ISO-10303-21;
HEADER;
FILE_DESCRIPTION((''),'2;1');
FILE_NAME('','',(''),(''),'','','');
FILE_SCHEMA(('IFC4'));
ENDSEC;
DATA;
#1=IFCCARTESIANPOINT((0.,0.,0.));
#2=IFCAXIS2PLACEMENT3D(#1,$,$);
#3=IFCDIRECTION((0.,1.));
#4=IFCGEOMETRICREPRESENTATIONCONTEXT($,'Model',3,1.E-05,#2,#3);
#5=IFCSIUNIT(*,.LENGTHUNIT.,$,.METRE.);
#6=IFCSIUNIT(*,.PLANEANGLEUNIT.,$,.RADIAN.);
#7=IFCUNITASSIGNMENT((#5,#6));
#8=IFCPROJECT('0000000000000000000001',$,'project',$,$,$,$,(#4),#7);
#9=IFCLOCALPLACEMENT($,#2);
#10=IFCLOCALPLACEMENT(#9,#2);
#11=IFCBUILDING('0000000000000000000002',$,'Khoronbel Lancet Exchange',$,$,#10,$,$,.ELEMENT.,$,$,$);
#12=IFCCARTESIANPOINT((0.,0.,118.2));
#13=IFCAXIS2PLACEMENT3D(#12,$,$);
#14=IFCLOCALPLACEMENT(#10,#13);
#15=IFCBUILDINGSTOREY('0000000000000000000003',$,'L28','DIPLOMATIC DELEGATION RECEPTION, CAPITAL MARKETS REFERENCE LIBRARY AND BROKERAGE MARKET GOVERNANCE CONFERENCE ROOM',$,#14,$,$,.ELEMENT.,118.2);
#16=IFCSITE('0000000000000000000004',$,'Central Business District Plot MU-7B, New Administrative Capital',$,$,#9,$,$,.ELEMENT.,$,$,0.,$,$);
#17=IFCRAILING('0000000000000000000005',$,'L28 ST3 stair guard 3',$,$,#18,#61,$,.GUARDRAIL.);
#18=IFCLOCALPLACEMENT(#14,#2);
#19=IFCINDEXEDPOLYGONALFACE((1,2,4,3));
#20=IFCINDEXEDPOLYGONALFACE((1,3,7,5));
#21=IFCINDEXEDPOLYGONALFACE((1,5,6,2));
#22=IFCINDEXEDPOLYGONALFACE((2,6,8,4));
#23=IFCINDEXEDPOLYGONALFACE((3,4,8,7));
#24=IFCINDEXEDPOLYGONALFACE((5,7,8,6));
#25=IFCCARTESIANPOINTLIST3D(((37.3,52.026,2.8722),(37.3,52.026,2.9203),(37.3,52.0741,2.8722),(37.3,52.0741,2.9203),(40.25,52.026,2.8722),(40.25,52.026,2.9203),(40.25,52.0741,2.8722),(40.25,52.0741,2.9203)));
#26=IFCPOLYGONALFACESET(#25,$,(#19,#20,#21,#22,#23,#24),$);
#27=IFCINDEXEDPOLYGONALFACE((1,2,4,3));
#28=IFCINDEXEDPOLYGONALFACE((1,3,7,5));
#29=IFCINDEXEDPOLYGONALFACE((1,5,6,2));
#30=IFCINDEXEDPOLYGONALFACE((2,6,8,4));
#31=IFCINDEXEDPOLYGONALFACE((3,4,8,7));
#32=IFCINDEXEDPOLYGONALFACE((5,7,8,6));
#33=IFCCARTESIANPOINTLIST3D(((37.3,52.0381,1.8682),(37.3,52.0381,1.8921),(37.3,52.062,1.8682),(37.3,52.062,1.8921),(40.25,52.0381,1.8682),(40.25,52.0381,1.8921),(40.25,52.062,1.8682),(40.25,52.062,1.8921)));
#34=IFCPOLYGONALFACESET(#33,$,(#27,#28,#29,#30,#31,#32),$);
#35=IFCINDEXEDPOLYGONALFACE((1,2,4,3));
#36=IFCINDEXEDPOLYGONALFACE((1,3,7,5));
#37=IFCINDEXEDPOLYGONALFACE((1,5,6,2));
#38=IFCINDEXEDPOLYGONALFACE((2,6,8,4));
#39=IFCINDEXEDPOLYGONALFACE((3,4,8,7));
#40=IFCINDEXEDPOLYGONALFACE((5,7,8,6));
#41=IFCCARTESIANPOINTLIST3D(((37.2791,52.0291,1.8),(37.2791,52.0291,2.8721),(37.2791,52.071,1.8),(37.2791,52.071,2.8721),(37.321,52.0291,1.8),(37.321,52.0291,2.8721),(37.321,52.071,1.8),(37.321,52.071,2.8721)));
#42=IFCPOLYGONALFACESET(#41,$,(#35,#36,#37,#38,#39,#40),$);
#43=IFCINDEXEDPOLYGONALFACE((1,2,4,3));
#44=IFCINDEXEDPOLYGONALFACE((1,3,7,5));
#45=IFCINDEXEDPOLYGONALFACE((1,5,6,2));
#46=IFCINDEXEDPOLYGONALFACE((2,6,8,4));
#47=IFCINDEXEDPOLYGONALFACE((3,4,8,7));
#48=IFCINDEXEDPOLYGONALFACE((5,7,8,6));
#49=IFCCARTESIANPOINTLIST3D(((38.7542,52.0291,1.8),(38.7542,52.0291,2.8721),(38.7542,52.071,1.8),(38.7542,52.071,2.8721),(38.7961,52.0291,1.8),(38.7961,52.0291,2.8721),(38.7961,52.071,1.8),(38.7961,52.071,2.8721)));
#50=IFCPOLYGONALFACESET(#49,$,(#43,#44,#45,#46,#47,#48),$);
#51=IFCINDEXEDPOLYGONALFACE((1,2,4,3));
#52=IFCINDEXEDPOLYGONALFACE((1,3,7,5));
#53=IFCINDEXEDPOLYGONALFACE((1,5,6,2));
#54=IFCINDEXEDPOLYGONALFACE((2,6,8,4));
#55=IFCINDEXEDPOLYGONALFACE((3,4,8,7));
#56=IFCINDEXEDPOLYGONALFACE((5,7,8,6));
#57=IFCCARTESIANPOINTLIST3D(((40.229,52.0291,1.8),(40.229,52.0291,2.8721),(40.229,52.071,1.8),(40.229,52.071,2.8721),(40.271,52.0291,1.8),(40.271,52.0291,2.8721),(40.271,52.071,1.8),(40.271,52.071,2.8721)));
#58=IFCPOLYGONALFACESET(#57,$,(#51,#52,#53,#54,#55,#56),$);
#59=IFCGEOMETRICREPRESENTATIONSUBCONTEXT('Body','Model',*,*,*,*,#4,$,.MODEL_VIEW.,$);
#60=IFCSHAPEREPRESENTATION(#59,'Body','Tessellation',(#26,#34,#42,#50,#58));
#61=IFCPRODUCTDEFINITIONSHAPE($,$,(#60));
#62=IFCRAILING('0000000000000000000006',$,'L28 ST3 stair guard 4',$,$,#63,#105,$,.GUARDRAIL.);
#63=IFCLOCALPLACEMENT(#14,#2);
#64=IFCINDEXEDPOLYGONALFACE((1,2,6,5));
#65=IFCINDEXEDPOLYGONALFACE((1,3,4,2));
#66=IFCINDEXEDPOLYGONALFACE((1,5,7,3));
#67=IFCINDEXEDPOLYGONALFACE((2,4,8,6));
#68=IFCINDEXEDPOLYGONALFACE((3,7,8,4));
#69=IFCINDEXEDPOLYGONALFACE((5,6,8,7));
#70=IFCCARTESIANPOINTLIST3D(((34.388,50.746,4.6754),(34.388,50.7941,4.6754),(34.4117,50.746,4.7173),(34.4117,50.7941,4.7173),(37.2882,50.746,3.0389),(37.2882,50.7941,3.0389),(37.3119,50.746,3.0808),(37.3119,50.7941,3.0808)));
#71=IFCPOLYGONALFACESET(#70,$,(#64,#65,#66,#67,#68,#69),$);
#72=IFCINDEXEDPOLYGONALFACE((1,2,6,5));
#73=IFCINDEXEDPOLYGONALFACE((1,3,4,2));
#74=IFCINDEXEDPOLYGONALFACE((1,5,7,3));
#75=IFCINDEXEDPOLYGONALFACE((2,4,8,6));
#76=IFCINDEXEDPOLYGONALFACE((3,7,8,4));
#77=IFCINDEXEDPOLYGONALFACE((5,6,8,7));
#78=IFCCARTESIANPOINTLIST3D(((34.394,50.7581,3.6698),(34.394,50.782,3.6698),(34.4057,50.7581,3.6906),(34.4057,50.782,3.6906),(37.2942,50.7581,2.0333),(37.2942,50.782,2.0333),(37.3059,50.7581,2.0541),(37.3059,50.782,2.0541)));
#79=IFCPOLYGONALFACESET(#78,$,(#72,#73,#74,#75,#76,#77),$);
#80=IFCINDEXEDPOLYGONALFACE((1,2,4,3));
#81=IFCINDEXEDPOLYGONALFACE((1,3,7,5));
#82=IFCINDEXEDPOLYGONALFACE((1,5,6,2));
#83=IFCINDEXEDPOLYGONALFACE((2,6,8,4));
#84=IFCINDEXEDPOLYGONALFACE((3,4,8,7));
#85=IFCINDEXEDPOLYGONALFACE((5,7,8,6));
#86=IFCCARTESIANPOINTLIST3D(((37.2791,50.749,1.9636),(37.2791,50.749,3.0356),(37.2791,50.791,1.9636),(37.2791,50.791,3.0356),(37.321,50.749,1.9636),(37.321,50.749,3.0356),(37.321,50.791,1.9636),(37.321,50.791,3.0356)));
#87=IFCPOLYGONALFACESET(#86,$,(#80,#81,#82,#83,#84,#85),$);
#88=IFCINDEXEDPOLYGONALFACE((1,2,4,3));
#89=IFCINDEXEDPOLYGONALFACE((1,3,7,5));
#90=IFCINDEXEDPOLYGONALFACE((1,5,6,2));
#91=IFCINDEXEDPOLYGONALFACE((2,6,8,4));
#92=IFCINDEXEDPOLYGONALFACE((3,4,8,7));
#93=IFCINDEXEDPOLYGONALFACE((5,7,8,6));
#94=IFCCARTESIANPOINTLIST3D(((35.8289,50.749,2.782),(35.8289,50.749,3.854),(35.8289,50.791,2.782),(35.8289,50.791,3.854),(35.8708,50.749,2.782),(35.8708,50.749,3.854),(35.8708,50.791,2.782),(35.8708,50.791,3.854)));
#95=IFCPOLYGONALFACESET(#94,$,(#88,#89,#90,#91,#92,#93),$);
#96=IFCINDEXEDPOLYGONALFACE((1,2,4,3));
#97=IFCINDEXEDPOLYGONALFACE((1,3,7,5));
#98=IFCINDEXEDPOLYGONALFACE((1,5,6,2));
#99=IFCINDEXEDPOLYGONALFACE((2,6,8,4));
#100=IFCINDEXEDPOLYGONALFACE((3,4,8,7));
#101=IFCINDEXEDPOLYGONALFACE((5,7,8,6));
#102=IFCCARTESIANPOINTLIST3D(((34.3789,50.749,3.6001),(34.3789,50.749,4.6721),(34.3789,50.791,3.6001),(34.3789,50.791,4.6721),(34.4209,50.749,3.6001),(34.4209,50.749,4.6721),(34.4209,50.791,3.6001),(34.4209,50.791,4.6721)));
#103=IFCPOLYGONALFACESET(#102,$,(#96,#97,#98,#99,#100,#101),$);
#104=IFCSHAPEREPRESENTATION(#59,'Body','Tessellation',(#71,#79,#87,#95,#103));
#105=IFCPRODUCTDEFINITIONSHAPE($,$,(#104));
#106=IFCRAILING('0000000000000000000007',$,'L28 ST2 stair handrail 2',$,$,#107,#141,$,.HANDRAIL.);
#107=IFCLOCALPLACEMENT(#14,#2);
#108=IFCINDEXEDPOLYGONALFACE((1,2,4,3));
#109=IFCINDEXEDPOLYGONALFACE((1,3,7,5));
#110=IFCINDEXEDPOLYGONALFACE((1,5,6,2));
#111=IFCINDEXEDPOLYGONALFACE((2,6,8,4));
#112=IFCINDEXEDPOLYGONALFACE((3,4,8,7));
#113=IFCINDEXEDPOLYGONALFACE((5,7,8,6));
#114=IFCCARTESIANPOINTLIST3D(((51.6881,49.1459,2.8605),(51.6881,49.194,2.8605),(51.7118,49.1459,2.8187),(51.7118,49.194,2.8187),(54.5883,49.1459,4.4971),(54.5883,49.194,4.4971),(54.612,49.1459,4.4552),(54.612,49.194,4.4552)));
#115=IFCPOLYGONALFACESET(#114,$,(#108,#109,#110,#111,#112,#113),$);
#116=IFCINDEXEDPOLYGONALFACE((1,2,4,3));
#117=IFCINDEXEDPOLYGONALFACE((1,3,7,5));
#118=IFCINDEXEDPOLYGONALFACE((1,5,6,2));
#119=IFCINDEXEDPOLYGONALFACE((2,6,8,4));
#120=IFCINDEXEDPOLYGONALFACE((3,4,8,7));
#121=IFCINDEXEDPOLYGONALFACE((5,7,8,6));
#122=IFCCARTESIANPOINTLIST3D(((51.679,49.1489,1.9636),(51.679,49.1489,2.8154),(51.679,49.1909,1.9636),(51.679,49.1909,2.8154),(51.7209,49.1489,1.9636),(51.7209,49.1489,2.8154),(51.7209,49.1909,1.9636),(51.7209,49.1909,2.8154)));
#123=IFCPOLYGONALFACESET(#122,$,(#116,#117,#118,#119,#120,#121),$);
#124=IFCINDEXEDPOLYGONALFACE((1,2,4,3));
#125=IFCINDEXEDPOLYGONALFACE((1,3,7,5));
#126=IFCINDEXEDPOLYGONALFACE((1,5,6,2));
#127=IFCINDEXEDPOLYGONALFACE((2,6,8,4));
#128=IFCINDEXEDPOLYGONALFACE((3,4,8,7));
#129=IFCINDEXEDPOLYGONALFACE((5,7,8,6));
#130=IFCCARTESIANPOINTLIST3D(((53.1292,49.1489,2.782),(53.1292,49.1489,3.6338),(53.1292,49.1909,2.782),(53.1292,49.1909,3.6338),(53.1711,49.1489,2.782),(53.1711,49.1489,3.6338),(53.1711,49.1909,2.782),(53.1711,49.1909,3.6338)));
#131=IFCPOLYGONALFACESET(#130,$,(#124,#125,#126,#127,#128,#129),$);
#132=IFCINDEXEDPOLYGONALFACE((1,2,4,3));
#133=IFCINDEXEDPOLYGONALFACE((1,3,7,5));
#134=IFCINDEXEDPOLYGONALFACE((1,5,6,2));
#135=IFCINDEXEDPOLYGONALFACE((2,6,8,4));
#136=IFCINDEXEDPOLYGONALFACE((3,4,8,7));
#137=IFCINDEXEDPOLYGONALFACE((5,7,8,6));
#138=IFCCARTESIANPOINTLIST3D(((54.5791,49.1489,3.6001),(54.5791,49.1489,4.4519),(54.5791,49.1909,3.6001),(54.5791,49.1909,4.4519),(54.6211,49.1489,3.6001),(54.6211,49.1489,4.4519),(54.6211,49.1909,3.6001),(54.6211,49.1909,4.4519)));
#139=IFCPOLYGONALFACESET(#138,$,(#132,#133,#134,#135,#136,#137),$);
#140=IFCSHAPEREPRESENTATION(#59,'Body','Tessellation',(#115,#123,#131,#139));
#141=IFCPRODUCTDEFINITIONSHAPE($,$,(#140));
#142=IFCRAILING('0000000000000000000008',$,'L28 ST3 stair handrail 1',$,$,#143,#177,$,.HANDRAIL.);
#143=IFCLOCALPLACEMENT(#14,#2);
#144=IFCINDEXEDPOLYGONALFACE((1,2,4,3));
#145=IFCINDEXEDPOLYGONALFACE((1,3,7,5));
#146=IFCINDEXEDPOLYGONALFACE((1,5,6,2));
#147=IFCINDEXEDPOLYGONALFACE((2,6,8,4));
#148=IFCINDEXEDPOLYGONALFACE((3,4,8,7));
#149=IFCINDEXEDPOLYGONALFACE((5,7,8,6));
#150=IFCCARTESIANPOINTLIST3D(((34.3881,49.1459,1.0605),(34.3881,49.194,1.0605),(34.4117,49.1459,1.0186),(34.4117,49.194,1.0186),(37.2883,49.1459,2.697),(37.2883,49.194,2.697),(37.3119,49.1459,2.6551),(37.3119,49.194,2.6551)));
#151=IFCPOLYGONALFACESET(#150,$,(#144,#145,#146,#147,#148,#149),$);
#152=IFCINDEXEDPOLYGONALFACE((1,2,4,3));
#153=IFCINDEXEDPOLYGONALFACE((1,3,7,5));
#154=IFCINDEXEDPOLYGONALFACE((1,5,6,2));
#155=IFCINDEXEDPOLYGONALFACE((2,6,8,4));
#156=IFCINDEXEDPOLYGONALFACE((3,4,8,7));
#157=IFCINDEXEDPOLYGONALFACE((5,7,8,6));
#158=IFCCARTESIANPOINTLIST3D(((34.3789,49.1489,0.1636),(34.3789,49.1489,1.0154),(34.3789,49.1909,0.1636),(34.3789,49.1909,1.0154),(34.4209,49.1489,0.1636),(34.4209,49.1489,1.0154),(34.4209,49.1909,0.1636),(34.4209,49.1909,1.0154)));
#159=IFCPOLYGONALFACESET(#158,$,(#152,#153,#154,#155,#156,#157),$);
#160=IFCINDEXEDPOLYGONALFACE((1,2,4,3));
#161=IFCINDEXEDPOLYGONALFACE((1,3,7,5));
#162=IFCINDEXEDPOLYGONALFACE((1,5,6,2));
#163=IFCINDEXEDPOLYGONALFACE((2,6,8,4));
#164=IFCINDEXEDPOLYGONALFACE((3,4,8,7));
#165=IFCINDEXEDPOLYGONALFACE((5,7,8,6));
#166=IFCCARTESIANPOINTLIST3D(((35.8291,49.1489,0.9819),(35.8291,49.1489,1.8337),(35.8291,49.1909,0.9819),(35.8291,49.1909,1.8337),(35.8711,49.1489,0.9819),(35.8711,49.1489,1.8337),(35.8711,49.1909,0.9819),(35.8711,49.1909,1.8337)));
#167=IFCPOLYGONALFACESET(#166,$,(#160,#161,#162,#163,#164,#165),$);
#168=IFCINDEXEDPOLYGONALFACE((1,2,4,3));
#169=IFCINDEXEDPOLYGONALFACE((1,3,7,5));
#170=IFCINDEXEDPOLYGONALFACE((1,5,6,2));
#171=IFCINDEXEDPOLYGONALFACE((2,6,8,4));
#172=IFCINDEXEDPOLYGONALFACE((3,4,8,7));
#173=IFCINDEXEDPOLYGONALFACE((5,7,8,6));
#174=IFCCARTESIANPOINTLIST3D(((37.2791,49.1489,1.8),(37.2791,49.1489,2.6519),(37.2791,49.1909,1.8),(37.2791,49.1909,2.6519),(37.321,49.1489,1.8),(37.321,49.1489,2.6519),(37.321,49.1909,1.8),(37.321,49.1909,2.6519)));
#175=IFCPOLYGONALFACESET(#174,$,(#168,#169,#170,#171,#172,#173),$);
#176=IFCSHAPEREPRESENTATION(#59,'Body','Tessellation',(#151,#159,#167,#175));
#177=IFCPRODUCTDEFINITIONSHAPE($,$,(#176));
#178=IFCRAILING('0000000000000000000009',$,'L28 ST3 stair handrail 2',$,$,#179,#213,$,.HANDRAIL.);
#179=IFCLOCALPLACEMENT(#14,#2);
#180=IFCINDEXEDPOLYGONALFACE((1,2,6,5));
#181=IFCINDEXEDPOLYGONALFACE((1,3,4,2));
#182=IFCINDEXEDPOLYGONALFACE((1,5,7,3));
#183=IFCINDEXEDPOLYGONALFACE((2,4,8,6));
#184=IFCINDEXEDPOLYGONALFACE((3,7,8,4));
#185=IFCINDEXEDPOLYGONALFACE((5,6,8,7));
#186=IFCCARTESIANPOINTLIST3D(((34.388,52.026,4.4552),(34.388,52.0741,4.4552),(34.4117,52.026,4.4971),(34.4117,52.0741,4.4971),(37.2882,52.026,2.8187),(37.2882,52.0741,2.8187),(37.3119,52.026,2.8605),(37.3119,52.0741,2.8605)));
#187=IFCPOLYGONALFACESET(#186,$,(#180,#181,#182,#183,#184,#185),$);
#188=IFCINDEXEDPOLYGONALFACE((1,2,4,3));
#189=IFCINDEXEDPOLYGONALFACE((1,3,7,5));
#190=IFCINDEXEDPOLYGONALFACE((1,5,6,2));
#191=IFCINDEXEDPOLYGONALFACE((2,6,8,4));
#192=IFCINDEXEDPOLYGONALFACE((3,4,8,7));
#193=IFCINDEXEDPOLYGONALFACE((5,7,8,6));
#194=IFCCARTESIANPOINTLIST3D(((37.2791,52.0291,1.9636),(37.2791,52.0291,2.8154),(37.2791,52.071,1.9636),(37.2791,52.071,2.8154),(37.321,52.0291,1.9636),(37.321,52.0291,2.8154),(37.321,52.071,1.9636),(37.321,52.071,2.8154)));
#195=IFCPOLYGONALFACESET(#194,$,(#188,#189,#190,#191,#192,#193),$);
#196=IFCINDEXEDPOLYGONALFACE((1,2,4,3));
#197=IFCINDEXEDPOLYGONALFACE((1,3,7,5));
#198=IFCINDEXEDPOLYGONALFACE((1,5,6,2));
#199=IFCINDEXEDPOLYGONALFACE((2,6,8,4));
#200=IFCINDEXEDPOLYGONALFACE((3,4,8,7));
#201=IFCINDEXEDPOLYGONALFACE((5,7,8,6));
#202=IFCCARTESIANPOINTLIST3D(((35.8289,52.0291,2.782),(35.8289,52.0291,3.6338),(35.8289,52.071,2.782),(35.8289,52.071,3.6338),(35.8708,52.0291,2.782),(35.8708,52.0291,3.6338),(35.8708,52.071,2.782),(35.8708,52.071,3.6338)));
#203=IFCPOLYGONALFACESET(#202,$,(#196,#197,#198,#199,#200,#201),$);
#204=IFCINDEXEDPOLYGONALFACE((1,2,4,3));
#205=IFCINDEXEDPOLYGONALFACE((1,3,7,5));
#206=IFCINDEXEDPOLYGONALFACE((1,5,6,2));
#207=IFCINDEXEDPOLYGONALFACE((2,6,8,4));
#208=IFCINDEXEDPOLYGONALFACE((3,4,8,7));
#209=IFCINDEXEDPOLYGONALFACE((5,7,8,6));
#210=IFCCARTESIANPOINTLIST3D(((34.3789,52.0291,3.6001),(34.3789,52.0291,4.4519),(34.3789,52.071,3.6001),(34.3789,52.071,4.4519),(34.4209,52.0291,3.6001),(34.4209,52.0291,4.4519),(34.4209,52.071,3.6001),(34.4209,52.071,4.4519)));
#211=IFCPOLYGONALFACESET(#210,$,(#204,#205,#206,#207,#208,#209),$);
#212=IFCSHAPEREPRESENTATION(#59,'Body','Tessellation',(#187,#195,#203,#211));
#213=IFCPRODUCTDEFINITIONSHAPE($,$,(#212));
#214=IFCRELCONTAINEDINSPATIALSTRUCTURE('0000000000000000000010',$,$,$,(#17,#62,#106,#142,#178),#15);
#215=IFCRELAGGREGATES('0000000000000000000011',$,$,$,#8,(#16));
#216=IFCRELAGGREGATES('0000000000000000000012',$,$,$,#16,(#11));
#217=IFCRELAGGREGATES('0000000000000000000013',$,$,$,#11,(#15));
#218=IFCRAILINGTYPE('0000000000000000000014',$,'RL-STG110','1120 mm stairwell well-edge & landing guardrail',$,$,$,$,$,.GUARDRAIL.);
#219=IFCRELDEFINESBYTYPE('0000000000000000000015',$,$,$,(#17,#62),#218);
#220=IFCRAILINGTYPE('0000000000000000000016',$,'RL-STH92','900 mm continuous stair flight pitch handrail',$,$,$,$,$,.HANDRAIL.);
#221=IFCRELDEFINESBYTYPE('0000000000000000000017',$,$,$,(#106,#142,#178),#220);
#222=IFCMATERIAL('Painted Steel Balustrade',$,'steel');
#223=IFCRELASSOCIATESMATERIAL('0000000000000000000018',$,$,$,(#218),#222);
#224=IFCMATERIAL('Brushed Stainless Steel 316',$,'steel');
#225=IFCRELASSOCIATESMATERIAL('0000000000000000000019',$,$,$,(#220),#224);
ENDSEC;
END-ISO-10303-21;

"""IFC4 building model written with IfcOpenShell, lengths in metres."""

from ifc_helpers import new_model, si_unit, direction, frame, origin, origin_2d, place, context, subcontext, project, spatial, rectangle, extrude, material, type_object, element, save


model = new_model("IFC4")

# Units and contexts
model_context = context("Model", 3, precision=1e-05, world=origin(), true_north=direction((0.0, 1.0)))
body_context = subcontext(model_context, "Body", "Model", "MODEL_VIEW")
ifc_project = project(units=[si_unit("LENGTHUNIT", "METRE"), si_unit("PLANEANGLEUNIT", "RADIAN")], contexts=[model_context])

# Site, building, storey
site_placement = place(None, origin())
site = spatial("IfcSite", under=ifc_project, at=site_placement, Name="Central Business District Plot MU-7B, New Administrative Capital", CompositionType="ELEMENT", RefElevation=0.0)
building_placement = place(site_placement, origin())
building = spatial("IfcBuilding", under=site, at=building_placement, Name="Khoronbel Lancet Exchange", CompositionType="ELEMENT")
storey_placement = place(building_placement, frame((0.0, 0.0, 118.2)))
storey = spatial("IfcBuildingStorey", under=building, at=storey_placement, Name="L28", Description="DIPLOMATIC DELEGATION RECEPTION, CAPITAL MARKETS REFERENCE LIBRARY AND BROKERAGE MARKET GOVERNANCE CONFERENCE ROOM", CompositionType="ELEMENT", Elevation=118.2)

# Railings
ifc_material_1 = material(Name="Painted Steel Balustrade", Category="steel")
railing_type_1 = type_object("IfcRailingType", Name="RL-STG110", Description="1120 mm stairwell well-edge & landing guardrail", PredefinedType="GUARDRAIL", material=ifc_material_1)
railing_1_placement = place(storey_placement, frame((37.3, 52.05, 1.8)))
element("IfcRailing", 1, at=railing_1_placement, inside=storey, type_object=railing_type_1, Name="L28 ST3 stair guard 3", PredefinedType="GUARDRAIL", context=body_context, shape_type="SweptSolid", body=[
    extrude(rectangle(XDim=0.0481, YDim=0.0481, at=origin_2d()), frame((0.0, 0.0, 1.0962), z_axis=(1.0, 0.0, 0.0), x_axis=(0.0, 1.0, 0.0)), (0.0, 0.0, 1.0), 2.95),
    extrude(rectangle(XDim=0.0239, YDim=0.0239, at=origin_2d()), frame((0.0, 0.0, 0.0801), z_axis=(1.0, 0.0, 0.0), x_axis=(0.0, 1.0, 0.0)), (0.0, 0.0, 1.0), 2.95),
    extrude(rectangle(XDim=0.042, YDim=0.042, at=origin_2d()), origin(), (0.0, 0.0, 1.0), 1.072),
    extrude(rectangle(XDim=0.042, YDim=0.042, at=origin_2d()), frame((1.4751, 0.0, 0.0)), (0.0, 0.0, 1.0), 1.072),
    extrude(rectangle(XDim=0.042, YDim=0.042, at=origin_2d()), frame((2.95, 0.0, 0.0)), (0.0, 0.0, 1.0), 1.072),
])
railing_2_placement = place(storey_placement, frame((37.3, 50.77, 1.9636)))
element("IfcRailing", 2, at=railing_2_placement, inside=storey, type_object=railing_type_1, Name="L28 ST3 stair guard 4", PredefinedType="GUARDRAIL", context=body_context, shape_type="SweptSolid", body=[
    extrude(rectangle(XDim=0.0481, YDim=0.0481, at=origin_2d()), frame((0.0, 0.0, 1.0962), z_axis=(-0.870915, 0.0, 0.491434), x_axis=(0.0, -1.0, 0.0)), (0.0, 0.0, 1.0), 3.3301),
    extrude(rectangle(XDim=0.0239, YDim=0.0239, at=origin_2d()), frame((0.0, 0.0, 0.0801), z_axis=(-0.870915, 0.0, 0.491434), x_axis=(0.0, -1.0, 0.0)), (0.0, 0.0, 1.0), 3.3301),
    extrude(rectangle(XDim=0.042, YDim=0.042, at=origin_2d()), origin(), (0.0, 0.0, 1.0), 1.072),
    extrude(rectangle(XDim=0.042, YDim=0.042, at=origin_2d()), frame((-1.4502, 0.0, 0.8184)), (0.0, 0.0, 1.0), 1.072),
    extrude(rectangle(XDim=0.042, YDim=0.042, at=origin_2d()), frame((-2.9001, 0.0, 1.6365)), (0.0, 0.0, 1.0), 1.072),
])
ifc_material_2 = material(Name="Brushed Stainless Steel 316", Category="steel")
railing_type_2 = type_object("IfcRailingType", Name="RL-STH92", Description="900 mm continuous stair flight pitch handrail", PredefinedType="HANDRAIL", material=ifc_material_2)
for number, where, name in (
    (3, (51.7, 49.1699, 1.9636), "L28 ST2 stair handrail 2"),
    (4, (34.3999, 49.1699, 0.1636), "L28 ST3 stair handrail 1"),
):
    element("IfcRailing", number, at=place(storey_placement, frame(where)), inside=storey, type_object=railing_type_2, Name=name, PredefinedType="HANDRAIL", context=body_context, shape_type="SweptSolid", body=[
        extrude(rectangle(XDim=0.0481, YDim=0.0481, at=origin_2d()), frame((0.0, 0.0, 0.876), z_axis=(0.870915, 0.0, 0.491434), x_axis=(0.0, 1.0, 0.0)), (0.0, 0.0, 1.0), 3.3301),
        extrude(rectangle(XDim=0.042, YDim=0.042, at=origin_2d()), origin(), (0.0, 0.0, 1.0), 0.8518),
        extrude(rectangle(XDim=0.042, YDim=0.042, at=origin_2d()), frame((1.4502, 0.0, 0.8184)), (0.0, 0.0, 1.0), 0.8518),
        extrude(rectangle(XDim=0.042, YDim=0.042, at=origin_2d()), frame((2.9001, 0.0, 1.6365)), (0.0, 0.0, 1.0), 0.8518),
    ])
railing_3_placement = place(storey_placement, frame((37.3, 52.05, 1.9636)))
element("IfcRailing", 5, at=railing_3_placement, inside=storey, type_object=railing_type_2, Name="L28 ST3 stair handrail 2", PredefinedType="HANDRAIL", context=body_context, shape_type="SweptSolid", body=[
    extrude(rectangle(XDim=0.0481, YDim=0.0481, at=origin_2d()), frame((0.0, 0.0, 0.876), z_axis=(-0.870915, 0.0, 0.491434), x_axis=(0.0, -1.0, 0.0)), (0.0, 0.0, 1.0), 3.3301),
    extrude(rectangle(XDim=0.042, YDim=0.042, at=origin_2d()), origin(), (0.0, 0.0, 1.0), 0.8518),
    extrude(rectangle(XDim=0.042, YDim=0.042, at=origin_2d()), frame((-1.4502, 0.0, 0.8184)), (0.0, 0.0, 1.0), 0.8518),
    extrude(rectangle(XDim=0.042, YDim=0.042, at=origin_2d()), frame((-2.9001, 0.0, 1.6365)), (0.0, 0.0, 1.0), 0.8518),
])

save(model, "model.ifc")
